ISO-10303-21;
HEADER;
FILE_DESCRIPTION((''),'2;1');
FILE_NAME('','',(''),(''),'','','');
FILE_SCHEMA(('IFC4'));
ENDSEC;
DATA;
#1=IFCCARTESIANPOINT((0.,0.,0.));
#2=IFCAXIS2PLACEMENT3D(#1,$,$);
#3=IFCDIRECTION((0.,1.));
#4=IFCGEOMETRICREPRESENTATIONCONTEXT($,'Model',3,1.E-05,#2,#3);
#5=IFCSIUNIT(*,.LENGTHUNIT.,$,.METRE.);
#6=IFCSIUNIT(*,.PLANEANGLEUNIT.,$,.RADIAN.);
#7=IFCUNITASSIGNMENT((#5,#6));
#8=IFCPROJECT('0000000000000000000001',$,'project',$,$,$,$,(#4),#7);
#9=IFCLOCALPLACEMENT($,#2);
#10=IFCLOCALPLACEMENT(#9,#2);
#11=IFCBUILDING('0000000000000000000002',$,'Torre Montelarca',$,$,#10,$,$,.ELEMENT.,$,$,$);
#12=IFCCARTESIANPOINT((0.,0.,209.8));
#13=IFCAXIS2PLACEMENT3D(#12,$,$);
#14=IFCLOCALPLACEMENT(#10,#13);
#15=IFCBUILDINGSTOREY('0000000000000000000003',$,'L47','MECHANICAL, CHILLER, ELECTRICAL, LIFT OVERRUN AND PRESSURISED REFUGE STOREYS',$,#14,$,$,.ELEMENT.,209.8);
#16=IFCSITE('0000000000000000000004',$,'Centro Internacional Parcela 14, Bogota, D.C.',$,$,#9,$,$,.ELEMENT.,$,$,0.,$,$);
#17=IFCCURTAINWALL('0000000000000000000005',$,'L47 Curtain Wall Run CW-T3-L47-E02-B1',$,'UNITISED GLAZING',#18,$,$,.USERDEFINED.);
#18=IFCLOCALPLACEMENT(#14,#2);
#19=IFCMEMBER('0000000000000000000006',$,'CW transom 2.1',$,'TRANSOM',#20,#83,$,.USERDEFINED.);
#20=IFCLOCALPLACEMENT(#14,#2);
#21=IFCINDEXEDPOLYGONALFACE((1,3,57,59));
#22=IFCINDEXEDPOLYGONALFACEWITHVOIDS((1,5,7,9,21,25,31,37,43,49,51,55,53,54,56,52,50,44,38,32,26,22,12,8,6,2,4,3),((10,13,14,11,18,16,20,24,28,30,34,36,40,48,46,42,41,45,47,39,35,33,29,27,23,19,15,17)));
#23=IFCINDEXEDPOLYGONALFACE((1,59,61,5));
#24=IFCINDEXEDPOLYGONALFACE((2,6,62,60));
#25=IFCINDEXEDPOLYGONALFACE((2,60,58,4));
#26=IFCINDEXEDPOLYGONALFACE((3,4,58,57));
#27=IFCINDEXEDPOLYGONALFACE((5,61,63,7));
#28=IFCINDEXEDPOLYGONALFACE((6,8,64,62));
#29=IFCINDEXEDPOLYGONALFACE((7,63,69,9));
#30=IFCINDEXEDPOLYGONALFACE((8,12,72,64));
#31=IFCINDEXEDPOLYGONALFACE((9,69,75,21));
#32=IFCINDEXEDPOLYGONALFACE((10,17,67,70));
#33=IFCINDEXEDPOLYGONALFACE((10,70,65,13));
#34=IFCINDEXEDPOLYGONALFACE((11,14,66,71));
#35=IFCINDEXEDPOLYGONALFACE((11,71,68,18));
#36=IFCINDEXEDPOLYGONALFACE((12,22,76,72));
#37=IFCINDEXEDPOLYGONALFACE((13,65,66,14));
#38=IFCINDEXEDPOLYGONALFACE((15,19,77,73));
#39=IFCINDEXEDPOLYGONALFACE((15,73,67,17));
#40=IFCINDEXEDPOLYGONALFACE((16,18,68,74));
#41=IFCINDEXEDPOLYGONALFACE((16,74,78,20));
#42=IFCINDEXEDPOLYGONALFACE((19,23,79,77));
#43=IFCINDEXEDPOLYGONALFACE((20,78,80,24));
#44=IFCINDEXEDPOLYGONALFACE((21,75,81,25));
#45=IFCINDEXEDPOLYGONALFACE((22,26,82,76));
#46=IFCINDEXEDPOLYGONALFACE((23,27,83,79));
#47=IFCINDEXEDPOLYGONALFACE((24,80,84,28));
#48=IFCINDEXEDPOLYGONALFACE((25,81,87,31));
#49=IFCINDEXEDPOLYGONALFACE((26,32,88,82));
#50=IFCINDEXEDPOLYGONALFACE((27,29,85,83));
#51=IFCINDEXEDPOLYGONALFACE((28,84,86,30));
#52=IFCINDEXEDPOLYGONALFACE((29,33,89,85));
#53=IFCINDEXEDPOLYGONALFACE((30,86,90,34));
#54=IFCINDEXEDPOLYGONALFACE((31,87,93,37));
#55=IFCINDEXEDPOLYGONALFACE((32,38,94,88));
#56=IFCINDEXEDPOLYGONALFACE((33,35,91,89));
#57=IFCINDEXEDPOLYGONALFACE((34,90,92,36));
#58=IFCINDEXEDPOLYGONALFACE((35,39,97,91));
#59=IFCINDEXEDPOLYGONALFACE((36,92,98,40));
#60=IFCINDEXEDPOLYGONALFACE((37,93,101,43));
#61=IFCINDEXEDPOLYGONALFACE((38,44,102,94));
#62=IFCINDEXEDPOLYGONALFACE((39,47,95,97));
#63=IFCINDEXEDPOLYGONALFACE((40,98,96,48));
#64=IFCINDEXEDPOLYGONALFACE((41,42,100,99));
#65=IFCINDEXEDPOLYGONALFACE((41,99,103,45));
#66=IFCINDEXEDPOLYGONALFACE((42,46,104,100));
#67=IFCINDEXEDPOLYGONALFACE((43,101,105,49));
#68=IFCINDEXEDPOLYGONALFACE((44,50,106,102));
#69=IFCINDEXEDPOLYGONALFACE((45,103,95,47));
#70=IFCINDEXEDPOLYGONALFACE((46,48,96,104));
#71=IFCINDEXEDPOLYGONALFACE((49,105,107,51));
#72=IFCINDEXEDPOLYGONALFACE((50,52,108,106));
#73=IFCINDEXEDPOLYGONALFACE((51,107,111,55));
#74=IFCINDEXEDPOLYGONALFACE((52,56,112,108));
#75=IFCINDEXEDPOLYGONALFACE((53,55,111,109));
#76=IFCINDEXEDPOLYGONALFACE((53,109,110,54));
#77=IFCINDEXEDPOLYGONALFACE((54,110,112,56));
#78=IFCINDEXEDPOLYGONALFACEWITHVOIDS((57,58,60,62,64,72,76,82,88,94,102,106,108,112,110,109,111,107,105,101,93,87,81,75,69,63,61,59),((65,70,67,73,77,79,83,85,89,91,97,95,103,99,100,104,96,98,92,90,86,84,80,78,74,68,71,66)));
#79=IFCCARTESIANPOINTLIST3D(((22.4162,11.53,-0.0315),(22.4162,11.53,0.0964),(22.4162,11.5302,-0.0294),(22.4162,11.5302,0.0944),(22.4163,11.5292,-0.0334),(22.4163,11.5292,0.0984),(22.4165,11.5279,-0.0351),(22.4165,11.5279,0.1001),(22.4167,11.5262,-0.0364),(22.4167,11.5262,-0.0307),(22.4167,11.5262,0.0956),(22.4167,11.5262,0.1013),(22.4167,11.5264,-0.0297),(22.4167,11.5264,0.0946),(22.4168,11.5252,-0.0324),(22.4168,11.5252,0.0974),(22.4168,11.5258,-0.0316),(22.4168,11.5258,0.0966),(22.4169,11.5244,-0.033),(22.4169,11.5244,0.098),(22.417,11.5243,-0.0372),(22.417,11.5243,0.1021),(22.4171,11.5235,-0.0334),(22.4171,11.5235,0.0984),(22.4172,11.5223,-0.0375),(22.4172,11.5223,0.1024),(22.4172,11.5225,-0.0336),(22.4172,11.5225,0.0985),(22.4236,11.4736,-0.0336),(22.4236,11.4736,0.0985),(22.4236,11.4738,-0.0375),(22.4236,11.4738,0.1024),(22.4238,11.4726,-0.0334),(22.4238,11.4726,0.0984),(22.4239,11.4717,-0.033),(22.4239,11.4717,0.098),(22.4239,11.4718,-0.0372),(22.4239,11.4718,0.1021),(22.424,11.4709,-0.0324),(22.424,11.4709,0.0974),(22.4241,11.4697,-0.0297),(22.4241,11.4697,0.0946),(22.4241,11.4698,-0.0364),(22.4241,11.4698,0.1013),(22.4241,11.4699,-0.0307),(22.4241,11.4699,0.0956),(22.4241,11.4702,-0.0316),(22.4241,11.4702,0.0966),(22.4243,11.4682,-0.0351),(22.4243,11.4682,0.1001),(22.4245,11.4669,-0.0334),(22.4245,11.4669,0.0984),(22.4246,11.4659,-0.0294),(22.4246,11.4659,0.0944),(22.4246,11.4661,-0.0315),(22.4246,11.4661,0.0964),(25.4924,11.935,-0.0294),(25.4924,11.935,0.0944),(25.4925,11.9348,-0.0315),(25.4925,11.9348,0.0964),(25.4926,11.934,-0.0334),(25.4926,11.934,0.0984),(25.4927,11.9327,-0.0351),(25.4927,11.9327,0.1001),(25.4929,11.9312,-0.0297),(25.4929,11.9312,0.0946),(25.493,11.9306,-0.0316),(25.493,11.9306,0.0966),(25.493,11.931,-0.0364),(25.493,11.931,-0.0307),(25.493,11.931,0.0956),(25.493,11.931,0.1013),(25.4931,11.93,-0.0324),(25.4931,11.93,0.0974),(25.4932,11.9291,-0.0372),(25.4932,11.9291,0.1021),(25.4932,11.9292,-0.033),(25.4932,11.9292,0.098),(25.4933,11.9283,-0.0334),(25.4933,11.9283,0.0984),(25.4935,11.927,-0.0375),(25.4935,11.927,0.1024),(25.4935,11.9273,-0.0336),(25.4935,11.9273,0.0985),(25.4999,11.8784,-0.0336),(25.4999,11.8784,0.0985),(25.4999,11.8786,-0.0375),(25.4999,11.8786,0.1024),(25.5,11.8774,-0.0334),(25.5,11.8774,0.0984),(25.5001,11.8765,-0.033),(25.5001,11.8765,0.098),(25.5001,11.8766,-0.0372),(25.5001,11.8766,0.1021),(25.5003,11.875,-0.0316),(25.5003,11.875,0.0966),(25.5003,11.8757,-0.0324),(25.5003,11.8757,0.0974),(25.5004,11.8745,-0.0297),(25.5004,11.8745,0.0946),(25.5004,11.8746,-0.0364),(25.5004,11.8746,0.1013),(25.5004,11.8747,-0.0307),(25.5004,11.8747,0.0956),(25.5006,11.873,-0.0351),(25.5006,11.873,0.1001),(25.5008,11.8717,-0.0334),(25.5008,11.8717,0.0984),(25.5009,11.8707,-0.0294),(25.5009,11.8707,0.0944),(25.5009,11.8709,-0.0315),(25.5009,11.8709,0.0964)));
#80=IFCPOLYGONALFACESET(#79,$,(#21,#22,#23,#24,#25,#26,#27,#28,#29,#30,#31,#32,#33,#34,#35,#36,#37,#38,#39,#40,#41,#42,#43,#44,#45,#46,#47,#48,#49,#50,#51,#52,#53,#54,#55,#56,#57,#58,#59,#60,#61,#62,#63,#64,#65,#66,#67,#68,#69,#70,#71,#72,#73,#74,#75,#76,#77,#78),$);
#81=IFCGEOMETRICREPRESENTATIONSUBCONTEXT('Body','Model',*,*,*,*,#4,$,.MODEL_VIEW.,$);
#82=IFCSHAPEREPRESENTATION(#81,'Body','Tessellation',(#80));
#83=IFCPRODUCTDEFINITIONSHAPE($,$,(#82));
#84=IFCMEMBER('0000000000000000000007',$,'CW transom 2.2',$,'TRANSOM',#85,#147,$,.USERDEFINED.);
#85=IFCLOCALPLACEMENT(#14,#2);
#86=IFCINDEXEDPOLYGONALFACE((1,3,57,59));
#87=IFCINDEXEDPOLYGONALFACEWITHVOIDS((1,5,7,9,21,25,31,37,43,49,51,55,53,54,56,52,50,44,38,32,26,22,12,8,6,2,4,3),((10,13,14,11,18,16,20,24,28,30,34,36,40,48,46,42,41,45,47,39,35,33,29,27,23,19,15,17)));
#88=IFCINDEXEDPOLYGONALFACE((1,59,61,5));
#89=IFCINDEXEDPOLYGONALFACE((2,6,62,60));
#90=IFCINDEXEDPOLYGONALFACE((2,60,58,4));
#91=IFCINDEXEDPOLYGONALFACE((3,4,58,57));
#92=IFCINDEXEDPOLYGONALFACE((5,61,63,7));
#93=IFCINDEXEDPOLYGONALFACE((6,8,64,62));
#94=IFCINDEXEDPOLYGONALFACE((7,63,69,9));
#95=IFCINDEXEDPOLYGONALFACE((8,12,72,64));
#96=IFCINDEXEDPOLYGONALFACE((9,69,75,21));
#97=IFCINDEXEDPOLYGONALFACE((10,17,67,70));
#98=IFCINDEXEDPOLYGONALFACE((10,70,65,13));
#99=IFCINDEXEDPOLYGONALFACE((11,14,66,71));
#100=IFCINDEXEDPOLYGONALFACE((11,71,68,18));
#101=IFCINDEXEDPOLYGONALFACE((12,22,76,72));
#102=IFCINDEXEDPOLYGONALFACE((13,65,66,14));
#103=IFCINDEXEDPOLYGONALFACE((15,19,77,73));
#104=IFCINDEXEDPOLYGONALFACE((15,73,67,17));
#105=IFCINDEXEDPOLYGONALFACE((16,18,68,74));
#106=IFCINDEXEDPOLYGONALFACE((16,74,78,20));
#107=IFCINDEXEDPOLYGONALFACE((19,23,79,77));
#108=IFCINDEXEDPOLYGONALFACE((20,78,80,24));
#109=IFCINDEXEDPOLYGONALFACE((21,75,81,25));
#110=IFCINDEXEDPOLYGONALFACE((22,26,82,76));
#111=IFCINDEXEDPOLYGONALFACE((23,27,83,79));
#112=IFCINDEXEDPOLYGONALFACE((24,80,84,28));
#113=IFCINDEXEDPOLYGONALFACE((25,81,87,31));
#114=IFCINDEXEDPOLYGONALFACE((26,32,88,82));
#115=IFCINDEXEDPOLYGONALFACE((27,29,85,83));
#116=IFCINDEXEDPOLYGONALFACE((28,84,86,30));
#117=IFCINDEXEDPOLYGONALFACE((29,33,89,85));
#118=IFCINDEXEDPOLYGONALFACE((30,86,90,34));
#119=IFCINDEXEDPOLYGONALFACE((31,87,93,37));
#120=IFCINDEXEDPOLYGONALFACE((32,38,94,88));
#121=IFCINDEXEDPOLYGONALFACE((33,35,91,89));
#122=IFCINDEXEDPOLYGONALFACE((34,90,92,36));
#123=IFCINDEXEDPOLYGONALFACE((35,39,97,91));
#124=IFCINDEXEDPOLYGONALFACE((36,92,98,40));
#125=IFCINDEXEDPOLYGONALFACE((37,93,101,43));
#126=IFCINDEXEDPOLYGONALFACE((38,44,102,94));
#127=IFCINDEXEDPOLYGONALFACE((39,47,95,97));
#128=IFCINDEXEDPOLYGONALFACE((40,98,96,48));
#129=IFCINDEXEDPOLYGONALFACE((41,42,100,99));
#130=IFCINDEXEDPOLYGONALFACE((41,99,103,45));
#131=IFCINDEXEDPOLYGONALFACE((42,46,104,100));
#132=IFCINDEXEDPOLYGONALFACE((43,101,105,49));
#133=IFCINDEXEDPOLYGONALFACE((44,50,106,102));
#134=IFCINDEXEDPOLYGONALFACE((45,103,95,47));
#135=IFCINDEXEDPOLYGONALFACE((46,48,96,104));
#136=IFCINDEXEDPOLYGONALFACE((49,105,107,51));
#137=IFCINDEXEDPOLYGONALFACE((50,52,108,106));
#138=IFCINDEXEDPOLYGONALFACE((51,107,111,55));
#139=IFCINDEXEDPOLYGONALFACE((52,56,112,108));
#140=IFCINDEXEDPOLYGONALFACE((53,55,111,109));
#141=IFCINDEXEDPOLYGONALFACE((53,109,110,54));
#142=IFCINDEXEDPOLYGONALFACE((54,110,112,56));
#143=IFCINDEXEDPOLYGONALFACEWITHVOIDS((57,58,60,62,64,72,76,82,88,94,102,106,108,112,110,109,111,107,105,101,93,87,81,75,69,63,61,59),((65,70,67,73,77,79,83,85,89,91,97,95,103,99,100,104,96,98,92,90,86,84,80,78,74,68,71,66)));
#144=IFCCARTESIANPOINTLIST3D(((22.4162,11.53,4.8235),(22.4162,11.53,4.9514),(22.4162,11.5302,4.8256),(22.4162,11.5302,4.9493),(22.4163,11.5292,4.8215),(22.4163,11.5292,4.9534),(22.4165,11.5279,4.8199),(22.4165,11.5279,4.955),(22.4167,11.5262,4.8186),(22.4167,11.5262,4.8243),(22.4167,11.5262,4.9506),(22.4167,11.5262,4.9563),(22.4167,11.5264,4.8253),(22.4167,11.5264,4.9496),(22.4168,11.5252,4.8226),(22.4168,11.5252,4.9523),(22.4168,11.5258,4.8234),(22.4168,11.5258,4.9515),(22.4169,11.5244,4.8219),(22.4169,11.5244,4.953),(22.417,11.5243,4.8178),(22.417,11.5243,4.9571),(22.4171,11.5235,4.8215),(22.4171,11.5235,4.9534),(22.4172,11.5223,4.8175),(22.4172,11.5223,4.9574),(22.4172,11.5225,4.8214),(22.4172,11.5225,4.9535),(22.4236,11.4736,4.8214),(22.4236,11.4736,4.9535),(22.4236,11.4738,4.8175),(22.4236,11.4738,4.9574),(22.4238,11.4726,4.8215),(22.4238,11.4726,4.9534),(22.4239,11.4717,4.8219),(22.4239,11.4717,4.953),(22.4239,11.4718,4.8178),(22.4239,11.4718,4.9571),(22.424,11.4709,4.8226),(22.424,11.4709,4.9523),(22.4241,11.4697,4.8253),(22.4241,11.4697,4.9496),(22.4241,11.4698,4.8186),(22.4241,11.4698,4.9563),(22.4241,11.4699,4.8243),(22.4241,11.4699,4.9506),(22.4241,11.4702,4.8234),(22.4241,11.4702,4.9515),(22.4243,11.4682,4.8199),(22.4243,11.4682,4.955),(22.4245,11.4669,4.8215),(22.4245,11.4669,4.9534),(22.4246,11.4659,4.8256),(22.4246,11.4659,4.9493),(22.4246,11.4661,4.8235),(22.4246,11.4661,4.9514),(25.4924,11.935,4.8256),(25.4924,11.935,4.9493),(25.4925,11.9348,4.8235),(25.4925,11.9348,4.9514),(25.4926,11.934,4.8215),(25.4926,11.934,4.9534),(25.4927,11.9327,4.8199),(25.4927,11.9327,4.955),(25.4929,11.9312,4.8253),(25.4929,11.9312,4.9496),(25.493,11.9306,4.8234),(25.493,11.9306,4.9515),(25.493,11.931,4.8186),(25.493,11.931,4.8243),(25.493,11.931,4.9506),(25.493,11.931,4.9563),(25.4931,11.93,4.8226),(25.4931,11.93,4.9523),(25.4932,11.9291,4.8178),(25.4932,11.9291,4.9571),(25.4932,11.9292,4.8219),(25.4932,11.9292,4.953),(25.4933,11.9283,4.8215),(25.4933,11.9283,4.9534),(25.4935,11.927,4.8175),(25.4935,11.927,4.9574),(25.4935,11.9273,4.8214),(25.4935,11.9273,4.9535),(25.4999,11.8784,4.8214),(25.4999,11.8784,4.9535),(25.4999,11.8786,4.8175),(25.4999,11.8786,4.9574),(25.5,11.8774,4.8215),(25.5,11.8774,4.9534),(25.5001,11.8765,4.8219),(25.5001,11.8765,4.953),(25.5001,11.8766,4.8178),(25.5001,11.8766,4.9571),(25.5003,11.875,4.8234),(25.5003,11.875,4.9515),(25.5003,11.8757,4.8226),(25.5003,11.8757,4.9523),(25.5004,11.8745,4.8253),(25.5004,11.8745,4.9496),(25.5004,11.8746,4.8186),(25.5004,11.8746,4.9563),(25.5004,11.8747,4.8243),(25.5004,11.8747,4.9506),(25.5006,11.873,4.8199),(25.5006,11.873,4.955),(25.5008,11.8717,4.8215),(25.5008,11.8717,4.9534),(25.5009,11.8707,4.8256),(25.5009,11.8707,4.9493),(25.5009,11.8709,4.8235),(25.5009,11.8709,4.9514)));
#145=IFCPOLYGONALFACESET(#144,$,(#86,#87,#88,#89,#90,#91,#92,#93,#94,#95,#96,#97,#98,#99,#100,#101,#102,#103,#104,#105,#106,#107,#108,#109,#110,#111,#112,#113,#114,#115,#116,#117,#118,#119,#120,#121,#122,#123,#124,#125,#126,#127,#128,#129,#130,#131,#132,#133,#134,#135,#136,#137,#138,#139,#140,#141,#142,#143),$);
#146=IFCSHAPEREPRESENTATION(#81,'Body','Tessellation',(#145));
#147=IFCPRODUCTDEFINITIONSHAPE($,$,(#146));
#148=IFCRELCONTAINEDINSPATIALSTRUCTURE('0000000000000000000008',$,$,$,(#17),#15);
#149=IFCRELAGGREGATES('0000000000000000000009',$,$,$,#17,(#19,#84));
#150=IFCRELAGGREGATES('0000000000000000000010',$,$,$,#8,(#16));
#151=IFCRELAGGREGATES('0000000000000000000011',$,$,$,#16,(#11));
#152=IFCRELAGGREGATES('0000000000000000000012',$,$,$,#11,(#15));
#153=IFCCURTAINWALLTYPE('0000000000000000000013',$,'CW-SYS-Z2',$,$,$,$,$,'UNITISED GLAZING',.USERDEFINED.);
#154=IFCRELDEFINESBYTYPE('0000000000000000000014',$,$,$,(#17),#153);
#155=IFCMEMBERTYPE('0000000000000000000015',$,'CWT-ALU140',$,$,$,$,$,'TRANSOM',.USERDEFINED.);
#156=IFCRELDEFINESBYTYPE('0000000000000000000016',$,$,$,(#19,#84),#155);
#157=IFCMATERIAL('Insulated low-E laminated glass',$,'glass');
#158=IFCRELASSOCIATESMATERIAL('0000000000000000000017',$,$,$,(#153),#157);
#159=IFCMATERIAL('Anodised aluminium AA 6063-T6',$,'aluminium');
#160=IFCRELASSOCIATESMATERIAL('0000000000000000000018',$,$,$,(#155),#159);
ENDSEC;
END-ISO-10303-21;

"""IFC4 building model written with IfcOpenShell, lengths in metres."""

from ifc_helpers import new_model, si_unit, direction, frame, origin, origin_2d, place, context, subcontext, project, spatial, hollow_rectangle, extrude, source, transform, mapped, material, material_profile, profile_set, type_object, element, aggregate, save


model = new_model("IFC4")

# Units and contexts
model_context = context("Model", 3, precision=1e-05, world=origin(), true_north=direction((0.0, 1.0)))
body_context = subcontext(model_context, "Body", "Model", "MODEL_VIEW")
ifc_project = project(units=[si_unit("LENGTHUNIT", "METRE"), si_unit("PLANEANGLEUNIT", "RADIAN")], contexts=[model_context])

# Site, building, storey
site_placement = place(None, origin())
site = spatial("IfcSite", under=ifc_project, at=site_placement, Name="Centro Internacional Parcela 14, Bogota, D.C.", CompositionType="ELEMENT", RefElevation=0.0)
building_placement = place(site_placement, origin())
building = spatial("IfcBuilding", under=site, at=building_placement, Name="Torre Montelarca", CompositionType="ELEMENT")
storey_placement = place(building_placement, frame((0.0, 0.0, 209.8)))
storey = spatial("IfcBuildingStorey", under=building, at=storey_placement, Name="L47", Description="MECHANICAL, CHILLER, ELECTRICAL, LIFT OVERRUN AND PRESSURISED REFUGE STOREYS", CompositionType="ELEMENT", Elevation=209.8)

# Curtain wall, members
ifc_material_1 = material(Name="Insulated low-E laminated glass", Category="glass")
curtain_wall_type = type_object("IfcCurtainWallType", Name="CW-SYS-Z2", ElementType="UNITISED GLAZING", PredefinedType="USERDEFINED", material=ifc_material_1)
curtain_wall_1_placement = place(storey_placement, origin())
curtain_wall_1 = element("IfcCurtainWall", 1, at=curtain_wall_1_placement, inside=storey, type_object=curtain_wall_type, Name="L47 Curtain Wall Run CW-T3-L47-E02-B1", ObjectType="UNITISED GLAZING", PredefinedType="USERDEFINED")
ifc_material_2 = material(Name="Anodised aluminium AA 6063-T6", Category="aluminium")
ifc_material_profile_1 = material_profile(ifc_material_2, hollow_rectangle(XDim=0.0649, YDim=0.1399, WallThickness=0.0039, InnerFilletRadius=0.0039, OuterFilletRadius=0.0081, at=origin_2d()), Name="ALU65X140X4", Category="aluminium")
ifc_profile_set_1 = profile_set([ifc_material_profile_1], Name="Anodised aluminium AA 6063-T6")
member_type_1 = type_object("IfcMemberType", Name="CWT-ALU140", ElementType="TRANSOM", PredefinedType="USERDEFINED", material=ifc_profile_set_1)
shared_shape_1 = source(origin(), body_context, "Body", "SweptSolid", [
    extrude(hollow_rectangle(XDim=0.0649, YDim=0.1399, WallThickness=0.0039, InnerFilletRadius=0.0039, OuterFilletRadius=0.0081, at=origin_2d()), origin(), (0.0, 0.0, 1.0), 3.1028),
])
member_1_placement = place(storey_placement, frame((22.4204, 11.498, 0.0325), z_axis=(0.991453, 0.130463, 0.0), x_axis=(-0.130463, 0.991453, 0.0)))
member_1 = element("IfcMember", 2, at=member_1_placement, type_object=member_type_1, Name="CW transom 2.1", ObjectType="TRANSOM", PredefinedType="USERDEFINED", context=body_context, shape_type="MappedRepresentation", body=[
    mapped(shared_shape_1, transform((0.0, 0.0, 0.0), scale=1.0)),
])
member_2_placement = place(storey_placement, frame((22.4204, 11.498, 4.8875), z_axis=(0.991453, 0.130463, 0.0), x_axis=(-0.130463, 0.991453, 0.0)))
member_2 = element("IfcMember", 3, at=member_2_placement, type_object=member_type_1, Name="CW transom 2.2", ObjectType="TRANSOM", PredefinedType="USERDEFINED", context=body_context, shape_type="MappedRepresentation", body=[
    mapped(shared_shape_1, transform((0.0, 0.0, 0.0), scale=1.0)),
])

aggregate(curtain_wall_1, [member_1, member_2])

save(model, "model.ifc")
